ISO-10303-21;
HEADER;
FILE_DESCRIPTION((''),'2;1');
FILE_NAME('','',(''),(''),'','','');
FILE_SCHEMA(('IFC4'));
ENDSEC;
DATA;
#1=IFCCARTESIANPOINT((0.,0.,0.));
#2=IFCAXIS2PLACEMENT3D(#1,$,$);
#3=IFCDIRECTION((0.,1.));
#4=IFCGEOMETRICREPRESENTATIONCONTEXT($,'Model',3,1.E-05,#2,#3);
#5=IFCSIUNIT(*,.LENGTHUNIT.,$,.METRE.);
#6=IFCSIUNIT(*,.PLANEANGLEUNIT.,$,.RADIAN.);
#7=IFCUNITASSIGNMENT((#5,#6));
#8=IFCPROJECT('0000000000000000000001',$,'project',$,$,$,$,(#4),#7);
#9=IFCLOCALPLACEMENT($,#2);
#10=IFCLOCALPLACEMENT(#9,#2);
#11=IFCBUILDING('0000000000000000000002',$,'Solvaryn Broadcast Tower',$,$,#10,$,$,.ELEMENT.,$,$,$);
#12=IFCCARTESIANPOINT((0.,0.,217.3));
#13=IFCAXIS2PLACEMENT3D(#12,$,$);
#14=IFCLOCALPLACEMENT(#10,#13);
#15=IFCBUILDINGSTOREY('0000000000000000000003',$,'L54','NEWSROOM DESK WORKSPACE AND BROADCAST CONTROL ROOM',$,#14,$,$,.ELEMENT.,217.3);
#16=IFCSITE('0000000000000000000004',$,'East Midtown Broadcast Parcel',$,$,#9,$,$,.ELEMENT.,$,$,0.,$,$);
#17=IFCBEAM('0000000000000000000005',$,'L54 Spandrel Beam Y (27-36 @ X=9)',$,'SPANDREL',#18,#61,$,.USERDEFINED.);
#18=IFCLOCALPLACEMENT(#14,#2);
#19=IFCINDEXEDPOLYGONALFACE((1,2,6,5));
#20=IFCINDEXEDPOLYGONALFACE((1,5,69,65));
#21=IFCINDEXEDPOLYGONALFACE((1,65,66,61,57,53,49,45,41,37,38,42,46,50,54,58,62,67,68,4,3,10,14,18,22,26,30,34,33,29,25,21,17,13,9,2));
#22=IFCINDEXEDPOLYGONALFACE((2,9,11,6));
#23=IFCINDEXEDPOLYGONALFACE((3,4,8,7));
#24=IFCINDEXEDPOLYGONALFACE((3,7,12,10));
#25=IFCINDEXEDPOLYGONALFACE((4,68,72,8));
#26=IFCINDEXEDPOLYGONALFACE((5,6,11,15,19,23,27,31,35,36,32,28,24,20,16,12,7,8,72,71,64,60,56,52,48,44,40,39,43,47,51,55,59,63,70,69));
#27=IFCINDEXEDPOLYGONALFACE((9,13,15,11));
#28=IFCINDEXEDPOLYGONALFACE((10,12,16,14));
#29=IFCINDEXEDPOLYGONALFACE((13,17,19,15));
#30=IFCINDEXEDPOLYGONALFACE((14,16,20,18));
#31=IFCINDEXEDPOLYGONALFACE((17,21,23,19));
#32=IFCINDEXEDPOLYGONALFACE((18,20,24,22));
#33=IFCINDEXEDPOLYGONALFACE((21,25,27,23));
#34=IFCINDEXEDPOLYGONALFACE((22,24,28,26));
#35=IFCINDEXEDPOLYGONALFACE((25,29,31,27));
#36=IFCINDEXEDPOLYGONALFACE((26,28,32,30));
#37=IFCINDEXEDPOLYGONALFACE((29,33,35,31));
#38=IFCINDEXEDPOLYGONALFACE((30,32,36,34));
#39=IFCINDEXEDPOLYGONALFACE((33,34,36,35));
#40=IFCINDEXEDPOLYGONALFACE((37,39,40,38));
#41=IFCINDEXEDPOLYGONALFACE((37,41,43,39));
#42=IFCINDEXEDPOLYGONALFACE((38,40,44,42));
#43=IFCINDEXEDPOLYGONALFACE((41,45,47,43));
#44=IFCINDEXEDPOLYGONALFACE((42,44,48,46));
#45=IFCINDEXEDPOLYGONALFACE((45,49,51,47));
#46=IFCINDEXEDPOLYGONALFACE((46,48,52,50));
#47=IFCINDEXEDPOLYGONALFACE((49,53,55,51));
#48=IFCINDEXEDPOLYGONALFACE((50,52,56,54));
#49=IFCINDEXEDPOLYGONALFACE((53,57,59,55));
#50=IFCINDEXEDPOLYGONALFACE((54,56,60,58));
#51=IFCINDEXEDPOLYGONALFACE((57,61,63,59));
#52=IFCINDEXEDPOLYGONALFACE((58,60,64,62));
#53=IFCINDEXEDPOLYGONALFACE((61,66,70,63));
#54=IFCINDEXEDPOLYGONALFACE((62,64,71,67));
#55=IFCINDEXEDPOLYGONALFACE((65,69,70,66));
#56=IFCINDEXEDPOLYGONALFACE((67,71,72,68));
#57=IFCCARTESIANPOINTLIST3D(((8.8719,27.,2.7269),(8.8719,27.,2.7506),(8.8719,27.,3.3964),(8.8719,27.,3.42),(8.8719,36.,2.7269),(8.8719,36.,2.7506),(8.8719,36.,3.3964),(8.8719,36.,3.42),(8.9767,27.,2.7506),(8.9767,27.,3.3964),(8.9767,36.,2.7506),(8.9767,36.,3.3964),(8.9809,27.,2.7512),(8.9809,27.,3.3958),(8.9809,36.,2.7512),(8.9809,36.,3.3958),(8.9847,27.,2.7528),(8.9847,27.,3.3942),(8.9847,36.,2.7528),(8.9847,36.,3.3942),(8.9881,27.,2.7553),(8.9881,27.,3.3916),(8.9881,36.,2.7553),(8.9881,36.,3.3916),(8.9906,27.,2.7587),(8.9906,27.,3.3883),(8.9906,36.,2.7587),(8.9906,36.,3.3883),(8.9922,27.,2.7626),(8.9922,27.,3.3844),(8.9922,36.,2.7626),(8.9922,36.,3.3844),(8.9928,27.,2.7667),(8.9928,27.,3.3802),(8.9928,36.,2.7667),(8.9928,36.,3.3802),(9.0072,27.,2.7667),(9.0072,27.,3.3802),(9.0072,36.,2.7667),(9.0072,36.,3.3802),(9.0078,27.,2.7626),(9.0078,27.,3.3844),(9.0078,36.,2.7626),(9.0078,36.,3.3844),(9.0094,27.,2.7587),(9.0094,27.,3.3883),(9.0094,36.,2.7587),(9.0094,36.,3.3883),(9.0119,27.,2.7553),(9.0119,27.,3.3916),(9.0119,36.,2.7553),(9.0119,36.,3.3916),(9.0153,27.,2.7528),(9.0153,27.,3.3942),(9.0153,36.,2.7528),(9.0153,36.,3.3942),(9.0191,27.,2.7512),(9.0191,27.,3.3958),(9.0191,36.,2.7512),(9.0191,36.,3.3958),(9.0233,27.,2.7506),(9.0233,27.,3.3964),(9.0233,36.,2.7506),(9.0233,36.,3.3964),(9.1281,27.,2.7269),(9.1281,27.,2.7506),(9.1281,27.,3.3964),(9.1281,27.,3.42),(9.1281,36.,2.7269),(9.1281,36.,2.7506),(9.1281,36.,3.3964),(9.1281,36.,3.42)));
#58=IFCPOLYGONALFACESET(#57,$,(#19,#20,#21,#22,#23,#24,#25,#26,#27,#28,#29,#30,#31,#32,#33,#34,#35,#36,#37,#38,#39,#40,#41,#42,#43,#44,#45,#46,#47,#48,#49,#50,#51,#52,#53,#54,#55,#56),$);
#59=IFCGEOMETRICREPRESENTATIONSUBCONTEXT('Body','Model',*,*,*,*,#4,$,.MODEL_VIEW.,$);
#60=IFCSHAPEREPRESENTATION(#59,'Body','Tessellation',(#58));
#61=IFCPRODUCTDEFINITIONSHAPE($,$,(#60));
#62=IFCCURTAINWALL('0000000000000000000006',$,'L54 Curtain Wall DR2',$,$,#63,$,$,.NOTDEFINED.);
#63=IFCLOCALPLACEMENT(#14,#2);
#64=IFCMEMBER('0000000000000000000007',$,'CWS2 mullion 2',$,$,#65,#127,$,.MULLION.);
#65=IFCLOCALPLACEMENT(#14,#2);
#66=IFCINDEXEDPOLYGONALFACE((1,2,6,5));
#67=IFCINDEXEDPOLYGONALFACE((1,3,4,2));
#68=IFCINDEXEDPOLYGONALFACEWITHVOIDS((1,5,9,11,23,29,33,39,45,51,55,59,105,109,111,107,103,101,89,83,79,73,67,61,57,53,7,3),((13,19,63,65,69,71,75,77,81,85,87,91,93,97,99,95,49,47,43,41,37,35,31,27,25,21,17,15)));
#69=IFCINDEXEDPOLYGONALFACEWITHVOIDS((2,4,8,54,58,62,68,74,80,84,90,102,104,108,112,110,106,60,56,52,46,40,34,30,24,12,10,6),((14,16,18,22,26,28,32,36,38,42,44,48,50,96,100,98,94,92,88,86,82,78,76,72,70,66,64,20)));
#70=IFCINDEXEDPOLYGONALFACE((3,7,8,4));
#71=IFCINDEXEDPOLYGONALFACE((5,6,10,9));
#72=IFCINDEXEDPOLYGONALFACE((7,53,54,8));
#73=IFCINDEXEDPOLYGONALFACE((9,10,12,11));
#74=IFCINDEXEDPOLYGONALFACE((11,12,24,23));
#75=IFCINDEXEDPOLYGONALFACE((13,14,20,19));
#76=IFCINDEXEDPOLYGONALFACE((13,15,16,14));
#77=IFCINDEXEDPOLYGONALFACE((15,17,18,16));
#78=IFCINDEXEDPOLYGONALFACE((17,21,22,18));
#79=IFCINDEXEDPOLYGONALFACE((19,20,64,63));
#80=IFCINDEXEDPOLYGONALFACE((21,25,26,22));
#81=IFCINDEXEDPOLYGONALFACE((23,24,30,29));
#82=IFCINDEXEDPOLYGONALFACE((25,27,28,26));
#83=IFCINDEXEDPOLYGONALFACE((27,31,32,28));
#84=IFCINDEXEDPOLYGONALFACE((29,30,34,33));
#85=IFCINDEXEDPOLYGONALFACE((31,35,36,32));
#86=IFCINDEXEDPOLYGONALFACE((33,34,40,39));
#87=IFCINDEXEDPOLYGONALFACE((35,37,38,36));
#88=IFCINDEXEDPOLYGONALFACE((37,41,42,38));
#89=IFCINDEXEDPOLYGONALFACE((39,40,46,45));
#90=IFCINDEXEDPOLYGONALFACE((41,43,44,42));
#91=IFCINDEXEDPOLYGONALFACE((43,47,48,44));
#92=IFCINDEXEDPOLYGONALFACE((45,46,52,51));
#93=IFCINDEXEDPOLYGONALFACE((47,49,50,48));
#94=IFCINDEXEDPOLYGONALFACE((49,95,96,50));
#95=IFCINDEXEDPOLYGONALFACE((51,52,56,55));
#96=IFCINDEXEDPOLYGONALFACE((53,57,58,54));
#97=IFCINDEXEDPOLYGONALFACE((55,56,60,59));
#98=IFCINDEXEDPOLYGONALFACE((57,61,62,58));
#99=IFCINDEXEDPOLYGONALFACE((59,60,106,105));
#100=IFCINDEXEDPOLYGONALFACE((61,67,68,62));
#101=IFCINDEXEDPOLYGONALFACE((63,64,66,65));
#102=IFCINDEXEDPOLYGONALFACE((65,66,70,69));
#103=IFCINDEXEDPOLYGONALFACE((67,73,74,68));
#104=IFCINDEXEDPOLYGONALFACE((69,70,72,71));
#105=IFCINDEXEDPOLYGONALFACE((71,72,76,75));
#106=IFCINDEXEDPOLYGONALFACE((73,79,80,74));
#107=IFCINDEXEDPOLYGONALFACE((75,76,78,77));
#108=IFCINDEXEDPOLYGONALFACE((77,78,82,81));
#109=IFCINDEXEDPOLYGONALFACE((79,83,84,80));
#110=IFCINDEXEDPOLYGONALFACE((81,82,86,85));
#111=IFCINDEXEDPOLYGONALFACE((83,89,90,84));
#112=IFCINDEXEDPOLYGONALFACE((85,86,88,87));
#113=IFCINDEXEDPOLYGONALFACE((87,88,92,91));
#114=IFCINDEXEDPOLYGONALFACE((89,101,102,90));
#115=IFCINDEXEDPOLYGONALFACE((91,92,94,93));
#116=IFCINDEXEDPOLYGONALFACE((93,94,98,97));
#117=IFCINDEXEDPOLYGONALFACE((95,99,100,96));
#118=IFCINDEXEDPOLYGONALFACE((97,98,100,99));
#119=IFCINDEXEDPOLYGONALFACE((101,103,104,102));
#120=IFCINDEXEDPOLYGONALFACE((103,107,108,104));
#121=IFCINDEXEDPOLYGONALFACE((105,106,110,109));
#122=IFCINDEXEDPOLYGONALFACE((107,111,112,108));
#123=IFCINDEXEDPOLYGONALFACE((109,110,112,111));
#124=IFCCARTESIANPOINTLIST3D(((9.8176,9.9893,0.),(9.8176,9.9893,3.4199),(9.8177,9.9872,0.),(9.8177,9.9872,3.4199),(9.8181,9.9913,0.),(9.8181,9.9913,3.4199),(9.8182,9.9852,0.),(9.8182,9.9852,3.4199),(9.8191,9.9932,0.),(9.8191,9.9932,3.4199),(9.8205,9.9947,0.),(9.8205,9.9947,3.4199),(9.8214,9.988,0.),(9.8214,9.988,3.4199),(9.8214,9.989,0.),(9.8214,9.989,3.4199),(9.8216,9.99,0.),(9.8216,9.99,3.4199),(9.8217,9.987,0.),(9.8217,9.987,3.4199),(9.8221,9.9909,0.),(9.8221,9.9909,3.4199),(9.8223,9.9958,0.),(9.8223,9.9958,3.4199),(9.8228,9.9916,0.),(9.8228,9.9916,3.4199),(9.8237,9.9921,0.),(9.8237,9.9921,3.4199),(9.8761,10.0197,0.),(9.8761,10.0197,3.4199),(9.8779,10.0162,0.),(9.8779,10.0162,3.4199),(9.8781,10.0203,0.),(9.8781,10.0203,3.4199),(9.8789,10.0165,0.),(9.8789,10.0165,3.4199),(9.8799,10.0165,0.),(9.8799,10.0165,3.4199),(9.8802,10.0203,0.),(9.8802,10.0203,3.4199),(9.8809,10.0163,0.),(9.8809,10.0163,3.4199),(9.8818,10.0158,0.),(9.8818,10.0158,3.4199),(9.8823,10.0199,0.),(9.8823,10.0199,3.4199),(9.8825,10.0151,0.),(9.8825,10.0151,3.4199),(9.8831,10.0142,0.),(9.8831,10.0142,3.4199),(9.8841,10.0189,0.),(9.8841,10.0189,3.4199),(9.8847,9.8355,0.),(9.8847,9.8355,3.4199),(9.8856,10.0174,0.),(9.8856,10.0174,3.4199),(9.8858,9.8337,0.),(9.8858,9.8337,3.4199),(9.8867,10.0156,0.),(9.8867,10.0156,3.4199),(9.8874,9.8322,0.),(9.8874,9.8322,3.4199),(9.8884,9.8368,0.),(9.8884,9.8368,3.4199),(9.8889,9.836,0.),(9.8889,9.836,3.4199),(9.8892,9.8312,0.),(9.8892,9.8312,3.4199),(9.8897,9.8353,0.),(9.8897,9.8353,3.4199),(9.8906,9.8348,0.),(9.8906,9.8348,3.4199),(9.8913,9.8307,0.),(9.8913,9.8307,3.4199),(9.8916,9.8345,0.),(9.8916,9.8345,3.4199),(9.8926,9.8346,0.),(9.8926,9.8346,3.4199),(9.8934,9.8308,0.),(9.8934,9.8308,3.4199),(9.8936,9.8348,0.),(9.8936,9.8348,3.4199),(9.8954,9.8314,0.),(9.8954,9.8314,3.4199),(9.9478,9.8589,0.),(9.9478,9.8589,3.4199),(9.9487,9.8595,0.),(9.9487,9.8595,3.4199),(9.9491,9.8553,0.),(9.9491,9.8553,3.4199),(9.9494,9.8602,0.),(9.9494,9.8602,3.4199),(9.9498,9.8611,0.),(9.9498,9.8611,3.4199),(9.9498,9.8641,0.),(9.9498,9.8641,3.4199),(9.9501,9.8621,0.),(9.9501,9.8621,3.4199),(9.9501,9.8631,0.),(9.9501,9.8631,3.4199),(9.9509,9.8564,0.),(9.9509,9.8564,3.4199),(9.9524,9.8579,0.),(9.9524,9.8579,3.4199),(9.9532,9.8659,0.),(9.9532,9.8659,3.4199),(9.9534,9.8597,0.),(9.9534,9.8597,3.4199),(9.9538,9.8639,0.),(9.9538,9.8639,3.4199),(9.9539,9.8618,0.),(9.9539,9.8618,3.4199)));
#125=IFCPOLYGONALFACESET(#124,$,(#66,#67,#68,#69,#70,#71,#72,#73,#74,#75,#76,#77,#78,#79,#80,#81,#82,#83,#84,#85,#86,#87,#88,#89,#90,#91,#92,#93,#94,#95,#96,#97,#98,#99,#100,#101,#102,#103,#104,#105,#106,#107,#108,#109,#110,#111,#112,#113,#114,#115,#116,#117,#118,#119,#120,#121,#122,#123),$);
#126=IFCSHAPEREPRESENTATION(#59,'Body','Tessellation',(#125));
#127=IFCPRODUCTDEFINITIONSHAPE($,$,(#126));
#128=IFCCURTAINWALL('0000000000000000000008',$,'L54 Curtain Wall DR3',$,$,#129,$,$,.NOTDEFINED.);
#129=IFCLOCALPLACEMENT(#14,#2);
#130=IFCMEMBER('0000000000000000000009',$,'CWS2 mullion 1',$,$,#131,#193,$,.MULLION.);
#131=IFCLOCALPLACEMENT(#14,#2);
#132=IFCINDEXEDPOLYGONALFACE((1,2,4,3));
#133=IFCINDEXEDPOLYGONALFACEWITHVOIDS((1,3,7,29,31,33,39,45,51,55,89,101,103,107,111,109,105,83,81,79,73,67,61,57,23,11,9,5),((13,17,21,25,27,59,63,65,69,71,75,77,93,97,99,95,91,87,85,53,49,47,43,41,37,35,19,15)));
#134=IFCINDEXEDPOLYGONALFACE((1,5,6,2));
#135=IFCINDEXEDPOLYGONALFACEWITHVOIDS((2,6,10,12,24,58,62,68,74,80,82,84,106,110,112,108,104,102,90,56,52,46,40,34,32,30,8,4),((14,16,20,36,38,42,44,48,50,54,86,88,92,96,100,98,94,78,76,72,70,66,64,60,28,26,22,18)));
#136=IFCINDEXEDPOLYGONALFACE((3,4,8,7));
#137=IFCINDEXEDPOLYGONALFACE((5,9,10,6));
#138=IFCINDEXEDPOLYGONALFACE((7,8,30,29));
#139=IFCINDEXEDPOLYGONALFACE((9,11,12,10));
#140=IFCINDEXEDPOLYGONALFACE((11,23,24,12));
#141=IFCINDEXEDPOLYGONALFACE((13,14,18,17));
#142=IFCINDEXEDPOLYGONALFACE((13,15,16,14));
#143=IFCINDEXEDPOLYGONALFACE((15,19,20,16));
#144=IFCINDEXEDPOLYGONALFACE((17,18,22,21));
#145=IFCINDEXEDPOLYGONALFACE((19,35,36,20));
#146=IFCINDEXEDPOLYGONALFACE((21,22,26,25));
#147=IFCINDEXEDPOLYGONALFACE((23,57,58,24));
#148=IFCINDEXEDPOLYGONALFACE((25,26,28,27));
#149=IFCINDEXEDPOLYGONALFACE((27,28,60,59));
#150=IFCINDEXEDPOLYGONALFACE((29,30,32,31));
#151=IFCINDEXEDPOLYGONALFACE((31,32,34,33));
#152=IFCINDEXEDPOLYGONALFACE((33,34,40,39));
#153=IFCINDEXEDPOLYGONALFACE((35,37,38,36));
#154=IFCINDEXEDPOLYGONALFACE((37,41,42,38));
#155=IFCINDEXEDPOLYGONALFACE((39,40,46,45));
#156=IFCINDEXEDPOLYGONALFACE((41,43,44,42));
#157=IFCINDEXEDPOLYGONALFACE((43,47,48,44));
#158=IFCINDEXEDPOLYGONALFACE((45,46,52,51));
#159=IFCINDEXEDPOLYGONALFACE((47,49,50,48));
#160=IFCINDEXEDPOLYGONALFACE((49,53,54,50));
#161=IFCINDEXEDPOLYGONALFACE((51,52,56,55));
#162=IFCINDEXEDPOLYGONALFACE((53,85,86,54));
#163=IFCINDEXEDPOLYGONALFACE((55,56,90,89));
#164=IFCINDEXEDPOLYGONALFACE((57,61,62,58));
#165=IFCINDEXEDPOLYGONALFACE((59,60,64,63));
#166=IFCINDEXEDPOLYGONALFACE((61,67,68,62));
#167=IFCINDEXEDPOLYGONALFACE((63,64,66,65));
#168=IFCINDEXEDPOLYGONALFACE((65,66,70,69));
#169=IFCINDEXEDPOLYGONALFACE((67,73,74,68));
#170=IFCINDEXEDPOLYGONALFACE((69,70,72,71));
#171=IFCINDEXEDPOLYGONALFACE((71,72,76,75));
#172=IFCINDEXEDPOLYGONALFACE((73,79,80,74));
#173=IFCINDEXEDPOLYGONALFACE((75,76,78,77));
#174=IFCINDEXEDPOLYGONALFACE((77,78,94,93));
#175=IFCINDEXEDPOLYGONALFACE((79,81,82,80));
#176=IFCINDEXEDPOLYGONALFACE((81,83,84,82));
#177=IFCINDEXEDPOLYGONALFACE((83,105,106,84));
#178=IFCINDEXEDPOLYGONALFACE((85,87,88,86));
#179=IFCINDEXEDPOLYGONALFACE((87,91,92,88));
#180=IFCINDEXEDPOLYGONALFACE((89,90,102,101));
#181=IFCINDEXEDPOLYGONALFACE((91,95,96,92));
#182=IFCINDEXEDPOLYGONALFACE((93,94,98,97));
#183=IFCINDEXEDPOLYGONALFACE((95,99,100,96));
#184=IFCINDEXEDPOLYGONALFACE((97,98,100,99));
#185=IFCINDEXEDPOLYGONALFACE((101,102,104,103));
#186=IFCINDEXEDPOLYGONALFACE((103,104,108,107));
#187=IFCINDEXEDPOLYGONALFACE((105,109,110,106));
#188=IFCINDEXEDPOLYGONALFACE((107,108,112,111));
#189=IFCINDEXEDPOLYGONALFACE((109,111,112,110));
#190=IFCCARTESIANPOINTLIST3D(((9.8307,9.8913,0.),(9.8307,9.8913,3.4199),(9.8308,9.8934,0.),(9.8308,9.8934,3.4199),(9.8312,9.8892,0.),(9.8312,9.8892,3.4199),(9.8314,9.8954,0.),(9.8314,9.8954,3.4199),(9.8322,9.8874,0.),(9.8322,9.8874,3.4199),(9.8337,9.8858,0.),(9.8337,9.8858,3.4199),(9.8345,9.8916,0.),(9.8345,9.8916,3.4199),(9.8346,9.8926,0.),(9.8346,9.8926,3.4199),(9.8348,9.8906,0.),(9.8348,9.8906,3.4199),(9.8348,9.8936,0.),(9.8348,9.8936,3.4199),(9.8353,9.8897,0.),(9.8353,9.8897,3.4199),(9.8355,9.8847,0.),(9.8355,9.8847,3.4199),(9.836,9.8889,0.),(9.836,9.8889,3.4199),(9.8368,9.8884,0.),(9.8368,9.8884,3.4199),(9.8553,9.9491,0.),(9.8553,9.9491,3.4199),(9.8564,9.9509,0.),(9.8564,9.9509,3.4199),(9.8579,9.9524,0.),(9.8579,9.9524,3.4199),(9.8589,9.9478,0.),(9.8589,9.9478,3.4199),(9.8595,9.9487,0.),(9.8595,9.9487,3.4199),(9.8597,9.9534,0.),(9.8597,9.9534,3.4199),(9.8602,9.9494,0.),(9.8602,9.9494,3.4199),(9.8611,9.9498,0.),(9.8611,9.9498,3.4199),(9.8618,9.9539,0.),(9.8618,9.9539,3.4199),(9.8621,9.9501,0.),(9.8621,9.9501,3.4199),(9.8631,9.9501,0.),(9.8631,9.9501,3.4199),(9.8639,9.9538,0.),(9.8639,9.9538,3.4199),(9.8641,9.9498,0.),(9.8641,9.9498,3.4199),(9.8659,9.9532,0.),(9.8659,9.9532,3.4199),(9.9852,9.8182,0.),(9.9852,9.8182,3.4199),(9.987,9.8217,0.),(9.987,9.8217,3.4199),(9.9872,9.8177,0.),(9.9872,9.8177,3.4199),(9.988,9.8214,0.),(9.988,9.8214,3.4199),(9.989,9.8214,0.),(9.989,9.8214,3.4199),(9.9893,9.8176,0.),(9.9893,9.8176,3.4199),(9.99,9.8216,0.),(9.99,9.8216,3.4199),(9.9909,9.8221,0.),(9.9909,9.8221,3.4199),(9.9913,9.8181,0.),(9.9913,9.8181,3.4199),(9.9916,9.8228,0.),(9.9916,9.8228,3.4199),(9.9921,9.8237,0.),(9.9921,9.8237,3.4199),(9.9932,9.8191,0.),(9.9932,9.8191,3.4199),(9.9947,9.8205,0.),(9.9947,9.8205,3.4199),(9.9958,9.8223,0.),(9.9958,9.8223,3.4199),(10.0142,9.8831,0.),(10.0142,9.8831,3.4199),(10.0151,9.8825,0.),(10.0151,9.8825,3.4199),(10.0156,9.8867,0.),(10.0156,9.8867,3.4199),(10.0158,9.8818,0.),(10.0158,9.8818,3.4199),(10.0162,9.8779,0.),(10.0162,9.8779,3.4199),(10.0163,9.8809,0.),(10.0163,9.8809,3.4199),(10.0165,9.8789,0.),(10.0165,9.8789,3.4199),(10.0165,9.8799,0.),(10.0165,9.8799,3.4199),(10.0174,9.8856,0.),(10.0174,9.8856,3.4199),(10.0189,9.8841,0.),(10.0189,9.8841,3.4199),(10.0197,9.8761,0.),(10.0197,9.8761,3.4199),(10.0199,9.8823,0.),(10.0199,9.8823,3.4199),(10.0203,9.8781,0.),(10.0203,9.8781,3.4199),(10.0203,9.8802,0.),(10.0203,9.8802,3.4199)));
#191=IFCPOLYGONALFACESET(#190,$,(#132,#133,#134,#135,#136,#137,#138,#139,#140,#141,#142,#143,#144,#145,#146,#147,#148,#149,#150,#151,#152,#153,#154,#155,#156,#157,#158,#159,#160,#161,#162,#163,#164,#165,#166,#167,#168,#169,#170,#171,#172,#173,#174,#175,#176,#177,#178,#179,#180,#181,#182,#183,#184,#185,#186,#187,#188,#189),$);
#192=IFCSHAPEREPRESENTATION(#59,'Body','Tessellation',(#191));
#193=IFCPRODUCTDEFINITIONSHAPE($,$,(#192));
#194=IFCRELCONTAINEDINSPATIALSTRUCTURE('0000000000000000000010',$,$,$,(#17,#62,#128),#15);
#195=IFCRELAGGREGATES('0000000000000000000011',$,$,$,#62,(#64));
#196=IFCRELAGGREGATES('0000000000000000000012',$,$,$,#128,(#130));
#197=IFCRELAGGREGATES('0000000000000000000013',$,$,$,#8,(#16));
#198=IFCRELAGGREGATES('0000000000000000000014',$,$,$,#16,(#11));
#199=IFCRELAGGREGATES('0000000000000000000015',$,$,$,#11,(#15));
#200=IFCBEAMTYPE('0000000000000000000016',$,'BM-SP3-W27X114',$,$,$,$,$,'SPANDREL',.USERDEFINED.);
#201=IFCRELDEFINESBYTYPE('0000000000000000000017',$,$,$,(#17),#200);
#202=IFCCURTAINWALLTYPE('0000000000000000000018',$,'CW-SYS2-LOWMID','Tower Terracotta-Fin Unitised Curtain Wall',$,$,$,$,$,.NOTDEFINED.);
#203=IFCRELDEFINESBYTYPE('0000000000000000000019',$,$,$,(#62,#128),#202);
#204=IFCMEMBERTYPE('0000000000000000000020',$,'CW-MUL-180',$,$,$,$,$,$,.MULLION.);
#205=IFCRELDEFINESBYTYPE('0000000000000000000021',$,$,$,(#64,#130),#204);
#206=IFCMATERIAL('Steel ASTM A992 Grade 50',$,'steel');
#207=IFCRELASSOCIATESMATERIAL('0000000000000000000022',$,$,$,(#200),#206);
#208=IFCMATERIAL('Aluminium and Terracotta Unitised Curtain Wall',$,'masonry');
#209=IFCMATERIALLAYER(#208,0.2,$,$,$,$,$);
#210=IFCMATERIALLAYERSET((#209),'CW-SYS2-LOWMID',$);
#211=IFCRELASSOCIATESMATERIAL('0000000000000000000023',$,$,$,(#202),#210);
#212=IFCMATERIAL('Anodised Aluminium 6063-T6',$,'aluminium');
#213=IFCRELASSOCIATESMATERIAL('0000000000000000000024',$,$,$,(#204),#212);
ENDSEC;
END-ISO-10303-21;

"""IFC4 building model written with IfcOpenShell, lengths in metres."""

from ifc_helpers import new_model, si_unit, direction, frame, origin, origin_2d, place, context, subcontext, project, spatial, hollow_rectangle, i_section, extrude, material, layer, layer_set, material_profile, profile_set, type_object, element, aggregate, save


model = new_model("IFC4")

# Units and contexts
model_context = context("Model", 3, precision=1e-05, world=origin(), true_north=direction((0.0, 1.0)))
body_context = subcontext(model_context, "Body", "Model", "MODEL_VIEW")
ifc_project = project(units=[si_unit("LENGTHUNIT", "METRE"), si_unit("PLANEANGLEUNIT", "RADIAN")], contexts=[model_context])

# Site, building, storey
site_placement = place(None, origin())
site = spatial("IfcSite", under=ifc_project, at=site_placement, Name="East Midtown Broadcast Parcel", CompositionType="ELEMENT", RefElevation=0.0)
building_placement = place(site_placement, origin())
building = spatial("IfcBuilding", under=site, at=building_placement, Name="Solvaryn Broadcast Tower", CompositionType="ELEMENT")
storey_placement = place(building_placement, frame((0.0, 0.0, 217.3)))
storey = spatial("IfcBuildingStorey", under=building, at=storey_placement, Name="L54", Description="NEWSROOM DESK WORKSPACE AND BROADCAST CONTROL ROOM", CompositionType="ELEMENT", Elevation=217.3)

# Beam
ifc_material_1 = material(Name="Steel ASTM A992 Grade 50", Category="steel")
ifc_material_profile_1 = material_profile(ifc_material_1, i_section(OverallWidth=0.2561, OverallDepth=0.6931, WebThickness=0.0144, FlangeThickness=0.0237, FilletRadius=0.0161, at=origin_2d()))
ifc_profile_set_1 = profile_set([ifc_material_profile_1], Name="Steel ASTM A992 Grade 50")
beam_type_1 = type_object("IfcBeamType", Name="BM-SP3-W27X114", ElementType="SPANDREL", PredefinedType="USERDEFINED", material=ifc_profile_set_1)
beam_1_placement = place(storey_placement, frame((9.0, 27.0, 3.0735), z_axis=(0.0, 1.0, 0.0), x_axis=(-1.0, 0.0, 0.0)))
element("IfcBeam", 1, at=beam_1_placement, inside=storey, type_object=beam_type_1, Name="L54 Spandrel Beam Y (27-36 @ X=9)", ObjectType="SPANDREL", PredefinedType="USERDEFINED", context=body_context, shape_type="SweptSolid", body=[
    extrude(i_section(OverallWidth=0.2561, OverallDepth=0.6931, WebThickness=0.0144, FlangeThickness=0.0237, FilletRadius=0.0161, at=origin_2d()), origin(), (0.0, 0.0, 1.0), 9.0),
])

# Curtain walls, members
ifc_material_2 = material(Name="Aluminium and Terracotta Unitised Curtain Wall", Category="masonry")
ifc_layer_1 = layer(ifc_material_2, 0.2)
ifc_layer_set_1 = layer_set([ifc_layer_1], Name="CW-SYS2-LOWMID")
curtain_wall_type = type_object("IfcCurtainWallType", Name="CW-SYS2-LOWMID", Description="Tower Terracotta-Fin Unitised Curtain Wall", PredefinedType="NOTDEFINED", material=ifc_layer_set_1)
curtain_wall_1_placement = place(storey_placement, origin())
curtain_wall_1 = element("IfcCurtainWall", 2, at=curtain_wall_1_placement, inside=storey, type_object=curtain_wall_type, Name="L54 Curtain Wall DR2", PredefinedType="NOTDEFINED")
ifc_material_3 = material(Name="Anodised Aluminium 6063-T6", Category="aluminium")
ifc_material_profile_2 = material_profile(ifc_material_3, hollow_rectangle(XDim=0.075, YDim=0.1799, WallThickness=0.0039, InnerFilletRadius=0.0039, OuterFilletRadius=0.0081, at=origin_2d()))
ifc_profile_set_2 = profile_set([ifc_material_profile_2], Name="Anodised Aluminium 6063-T6")
member_type = type_object("IfcMemberType", Name="CW-MUL-180", PredefinedType="MULLION", material=ifc_profile_set_2)
member_1_placement = place(storey_placement, frame((9.8857, 9.9255, 0.0), z_axis=(0.0, 0.0, 1.0), x_axis=(0.913917, 0.405901, 0.0)))
member_1 = element("IfcMember", 3, at=member_1_placement, type_object=member_type, Name="CWS2 mullion 2", PredefinedType="MULLION", context=body_context, shape_type="SweptSolid", body=[
    extrude(hollow_rectangle(XDim=0.075, YDim=0.1799, WallThickness=0.0039, InnerFilletRadius=0.0039, OuterFilletRadius=0.0081, at=origin_2d()), origin(), (0.0, 0.0, 1.0), 3.4199),
])
aggregate(curtain_wall_1, [member_1])
curtain_wall_2_placement = place(storey_placement, origin())
curtain_wall_2 = element("IfcCurtainWall", 4, at=curtain_wall_2_placement, inside=storey, type_object=curtain_wall_type, Name="L54 Curtain Wall DR3", PredefinedType="NOTDEFINED")
member_2_placement = place(storey_placement, frame((9.9255, 9.8857, 0.0), z_axis=(0.0, 0.0, 1.0), x_axis=(0.405901, 0.913917, 0.0)))
member_2 = element("IfcMember", 5, at=member_2_placement, type_object=member_type, Name="CWS2 mullion 1", PredefinedType="MULLION", context=body_context, shape_type="SweptSolid", body=[
    extrude(hollow_rectangle(XDim=0.075, YDim=0.1799, WallThickness=0.0039, InnerFilletRadius=0.0039, OuterFilletRadius=0.0081, at=origin_2d()), origin(), (0.0, 0.0, 1.0), 3.4199),
])
aggregate(curtain_wall_2, [member_2])

save(model, "model.ifc")
